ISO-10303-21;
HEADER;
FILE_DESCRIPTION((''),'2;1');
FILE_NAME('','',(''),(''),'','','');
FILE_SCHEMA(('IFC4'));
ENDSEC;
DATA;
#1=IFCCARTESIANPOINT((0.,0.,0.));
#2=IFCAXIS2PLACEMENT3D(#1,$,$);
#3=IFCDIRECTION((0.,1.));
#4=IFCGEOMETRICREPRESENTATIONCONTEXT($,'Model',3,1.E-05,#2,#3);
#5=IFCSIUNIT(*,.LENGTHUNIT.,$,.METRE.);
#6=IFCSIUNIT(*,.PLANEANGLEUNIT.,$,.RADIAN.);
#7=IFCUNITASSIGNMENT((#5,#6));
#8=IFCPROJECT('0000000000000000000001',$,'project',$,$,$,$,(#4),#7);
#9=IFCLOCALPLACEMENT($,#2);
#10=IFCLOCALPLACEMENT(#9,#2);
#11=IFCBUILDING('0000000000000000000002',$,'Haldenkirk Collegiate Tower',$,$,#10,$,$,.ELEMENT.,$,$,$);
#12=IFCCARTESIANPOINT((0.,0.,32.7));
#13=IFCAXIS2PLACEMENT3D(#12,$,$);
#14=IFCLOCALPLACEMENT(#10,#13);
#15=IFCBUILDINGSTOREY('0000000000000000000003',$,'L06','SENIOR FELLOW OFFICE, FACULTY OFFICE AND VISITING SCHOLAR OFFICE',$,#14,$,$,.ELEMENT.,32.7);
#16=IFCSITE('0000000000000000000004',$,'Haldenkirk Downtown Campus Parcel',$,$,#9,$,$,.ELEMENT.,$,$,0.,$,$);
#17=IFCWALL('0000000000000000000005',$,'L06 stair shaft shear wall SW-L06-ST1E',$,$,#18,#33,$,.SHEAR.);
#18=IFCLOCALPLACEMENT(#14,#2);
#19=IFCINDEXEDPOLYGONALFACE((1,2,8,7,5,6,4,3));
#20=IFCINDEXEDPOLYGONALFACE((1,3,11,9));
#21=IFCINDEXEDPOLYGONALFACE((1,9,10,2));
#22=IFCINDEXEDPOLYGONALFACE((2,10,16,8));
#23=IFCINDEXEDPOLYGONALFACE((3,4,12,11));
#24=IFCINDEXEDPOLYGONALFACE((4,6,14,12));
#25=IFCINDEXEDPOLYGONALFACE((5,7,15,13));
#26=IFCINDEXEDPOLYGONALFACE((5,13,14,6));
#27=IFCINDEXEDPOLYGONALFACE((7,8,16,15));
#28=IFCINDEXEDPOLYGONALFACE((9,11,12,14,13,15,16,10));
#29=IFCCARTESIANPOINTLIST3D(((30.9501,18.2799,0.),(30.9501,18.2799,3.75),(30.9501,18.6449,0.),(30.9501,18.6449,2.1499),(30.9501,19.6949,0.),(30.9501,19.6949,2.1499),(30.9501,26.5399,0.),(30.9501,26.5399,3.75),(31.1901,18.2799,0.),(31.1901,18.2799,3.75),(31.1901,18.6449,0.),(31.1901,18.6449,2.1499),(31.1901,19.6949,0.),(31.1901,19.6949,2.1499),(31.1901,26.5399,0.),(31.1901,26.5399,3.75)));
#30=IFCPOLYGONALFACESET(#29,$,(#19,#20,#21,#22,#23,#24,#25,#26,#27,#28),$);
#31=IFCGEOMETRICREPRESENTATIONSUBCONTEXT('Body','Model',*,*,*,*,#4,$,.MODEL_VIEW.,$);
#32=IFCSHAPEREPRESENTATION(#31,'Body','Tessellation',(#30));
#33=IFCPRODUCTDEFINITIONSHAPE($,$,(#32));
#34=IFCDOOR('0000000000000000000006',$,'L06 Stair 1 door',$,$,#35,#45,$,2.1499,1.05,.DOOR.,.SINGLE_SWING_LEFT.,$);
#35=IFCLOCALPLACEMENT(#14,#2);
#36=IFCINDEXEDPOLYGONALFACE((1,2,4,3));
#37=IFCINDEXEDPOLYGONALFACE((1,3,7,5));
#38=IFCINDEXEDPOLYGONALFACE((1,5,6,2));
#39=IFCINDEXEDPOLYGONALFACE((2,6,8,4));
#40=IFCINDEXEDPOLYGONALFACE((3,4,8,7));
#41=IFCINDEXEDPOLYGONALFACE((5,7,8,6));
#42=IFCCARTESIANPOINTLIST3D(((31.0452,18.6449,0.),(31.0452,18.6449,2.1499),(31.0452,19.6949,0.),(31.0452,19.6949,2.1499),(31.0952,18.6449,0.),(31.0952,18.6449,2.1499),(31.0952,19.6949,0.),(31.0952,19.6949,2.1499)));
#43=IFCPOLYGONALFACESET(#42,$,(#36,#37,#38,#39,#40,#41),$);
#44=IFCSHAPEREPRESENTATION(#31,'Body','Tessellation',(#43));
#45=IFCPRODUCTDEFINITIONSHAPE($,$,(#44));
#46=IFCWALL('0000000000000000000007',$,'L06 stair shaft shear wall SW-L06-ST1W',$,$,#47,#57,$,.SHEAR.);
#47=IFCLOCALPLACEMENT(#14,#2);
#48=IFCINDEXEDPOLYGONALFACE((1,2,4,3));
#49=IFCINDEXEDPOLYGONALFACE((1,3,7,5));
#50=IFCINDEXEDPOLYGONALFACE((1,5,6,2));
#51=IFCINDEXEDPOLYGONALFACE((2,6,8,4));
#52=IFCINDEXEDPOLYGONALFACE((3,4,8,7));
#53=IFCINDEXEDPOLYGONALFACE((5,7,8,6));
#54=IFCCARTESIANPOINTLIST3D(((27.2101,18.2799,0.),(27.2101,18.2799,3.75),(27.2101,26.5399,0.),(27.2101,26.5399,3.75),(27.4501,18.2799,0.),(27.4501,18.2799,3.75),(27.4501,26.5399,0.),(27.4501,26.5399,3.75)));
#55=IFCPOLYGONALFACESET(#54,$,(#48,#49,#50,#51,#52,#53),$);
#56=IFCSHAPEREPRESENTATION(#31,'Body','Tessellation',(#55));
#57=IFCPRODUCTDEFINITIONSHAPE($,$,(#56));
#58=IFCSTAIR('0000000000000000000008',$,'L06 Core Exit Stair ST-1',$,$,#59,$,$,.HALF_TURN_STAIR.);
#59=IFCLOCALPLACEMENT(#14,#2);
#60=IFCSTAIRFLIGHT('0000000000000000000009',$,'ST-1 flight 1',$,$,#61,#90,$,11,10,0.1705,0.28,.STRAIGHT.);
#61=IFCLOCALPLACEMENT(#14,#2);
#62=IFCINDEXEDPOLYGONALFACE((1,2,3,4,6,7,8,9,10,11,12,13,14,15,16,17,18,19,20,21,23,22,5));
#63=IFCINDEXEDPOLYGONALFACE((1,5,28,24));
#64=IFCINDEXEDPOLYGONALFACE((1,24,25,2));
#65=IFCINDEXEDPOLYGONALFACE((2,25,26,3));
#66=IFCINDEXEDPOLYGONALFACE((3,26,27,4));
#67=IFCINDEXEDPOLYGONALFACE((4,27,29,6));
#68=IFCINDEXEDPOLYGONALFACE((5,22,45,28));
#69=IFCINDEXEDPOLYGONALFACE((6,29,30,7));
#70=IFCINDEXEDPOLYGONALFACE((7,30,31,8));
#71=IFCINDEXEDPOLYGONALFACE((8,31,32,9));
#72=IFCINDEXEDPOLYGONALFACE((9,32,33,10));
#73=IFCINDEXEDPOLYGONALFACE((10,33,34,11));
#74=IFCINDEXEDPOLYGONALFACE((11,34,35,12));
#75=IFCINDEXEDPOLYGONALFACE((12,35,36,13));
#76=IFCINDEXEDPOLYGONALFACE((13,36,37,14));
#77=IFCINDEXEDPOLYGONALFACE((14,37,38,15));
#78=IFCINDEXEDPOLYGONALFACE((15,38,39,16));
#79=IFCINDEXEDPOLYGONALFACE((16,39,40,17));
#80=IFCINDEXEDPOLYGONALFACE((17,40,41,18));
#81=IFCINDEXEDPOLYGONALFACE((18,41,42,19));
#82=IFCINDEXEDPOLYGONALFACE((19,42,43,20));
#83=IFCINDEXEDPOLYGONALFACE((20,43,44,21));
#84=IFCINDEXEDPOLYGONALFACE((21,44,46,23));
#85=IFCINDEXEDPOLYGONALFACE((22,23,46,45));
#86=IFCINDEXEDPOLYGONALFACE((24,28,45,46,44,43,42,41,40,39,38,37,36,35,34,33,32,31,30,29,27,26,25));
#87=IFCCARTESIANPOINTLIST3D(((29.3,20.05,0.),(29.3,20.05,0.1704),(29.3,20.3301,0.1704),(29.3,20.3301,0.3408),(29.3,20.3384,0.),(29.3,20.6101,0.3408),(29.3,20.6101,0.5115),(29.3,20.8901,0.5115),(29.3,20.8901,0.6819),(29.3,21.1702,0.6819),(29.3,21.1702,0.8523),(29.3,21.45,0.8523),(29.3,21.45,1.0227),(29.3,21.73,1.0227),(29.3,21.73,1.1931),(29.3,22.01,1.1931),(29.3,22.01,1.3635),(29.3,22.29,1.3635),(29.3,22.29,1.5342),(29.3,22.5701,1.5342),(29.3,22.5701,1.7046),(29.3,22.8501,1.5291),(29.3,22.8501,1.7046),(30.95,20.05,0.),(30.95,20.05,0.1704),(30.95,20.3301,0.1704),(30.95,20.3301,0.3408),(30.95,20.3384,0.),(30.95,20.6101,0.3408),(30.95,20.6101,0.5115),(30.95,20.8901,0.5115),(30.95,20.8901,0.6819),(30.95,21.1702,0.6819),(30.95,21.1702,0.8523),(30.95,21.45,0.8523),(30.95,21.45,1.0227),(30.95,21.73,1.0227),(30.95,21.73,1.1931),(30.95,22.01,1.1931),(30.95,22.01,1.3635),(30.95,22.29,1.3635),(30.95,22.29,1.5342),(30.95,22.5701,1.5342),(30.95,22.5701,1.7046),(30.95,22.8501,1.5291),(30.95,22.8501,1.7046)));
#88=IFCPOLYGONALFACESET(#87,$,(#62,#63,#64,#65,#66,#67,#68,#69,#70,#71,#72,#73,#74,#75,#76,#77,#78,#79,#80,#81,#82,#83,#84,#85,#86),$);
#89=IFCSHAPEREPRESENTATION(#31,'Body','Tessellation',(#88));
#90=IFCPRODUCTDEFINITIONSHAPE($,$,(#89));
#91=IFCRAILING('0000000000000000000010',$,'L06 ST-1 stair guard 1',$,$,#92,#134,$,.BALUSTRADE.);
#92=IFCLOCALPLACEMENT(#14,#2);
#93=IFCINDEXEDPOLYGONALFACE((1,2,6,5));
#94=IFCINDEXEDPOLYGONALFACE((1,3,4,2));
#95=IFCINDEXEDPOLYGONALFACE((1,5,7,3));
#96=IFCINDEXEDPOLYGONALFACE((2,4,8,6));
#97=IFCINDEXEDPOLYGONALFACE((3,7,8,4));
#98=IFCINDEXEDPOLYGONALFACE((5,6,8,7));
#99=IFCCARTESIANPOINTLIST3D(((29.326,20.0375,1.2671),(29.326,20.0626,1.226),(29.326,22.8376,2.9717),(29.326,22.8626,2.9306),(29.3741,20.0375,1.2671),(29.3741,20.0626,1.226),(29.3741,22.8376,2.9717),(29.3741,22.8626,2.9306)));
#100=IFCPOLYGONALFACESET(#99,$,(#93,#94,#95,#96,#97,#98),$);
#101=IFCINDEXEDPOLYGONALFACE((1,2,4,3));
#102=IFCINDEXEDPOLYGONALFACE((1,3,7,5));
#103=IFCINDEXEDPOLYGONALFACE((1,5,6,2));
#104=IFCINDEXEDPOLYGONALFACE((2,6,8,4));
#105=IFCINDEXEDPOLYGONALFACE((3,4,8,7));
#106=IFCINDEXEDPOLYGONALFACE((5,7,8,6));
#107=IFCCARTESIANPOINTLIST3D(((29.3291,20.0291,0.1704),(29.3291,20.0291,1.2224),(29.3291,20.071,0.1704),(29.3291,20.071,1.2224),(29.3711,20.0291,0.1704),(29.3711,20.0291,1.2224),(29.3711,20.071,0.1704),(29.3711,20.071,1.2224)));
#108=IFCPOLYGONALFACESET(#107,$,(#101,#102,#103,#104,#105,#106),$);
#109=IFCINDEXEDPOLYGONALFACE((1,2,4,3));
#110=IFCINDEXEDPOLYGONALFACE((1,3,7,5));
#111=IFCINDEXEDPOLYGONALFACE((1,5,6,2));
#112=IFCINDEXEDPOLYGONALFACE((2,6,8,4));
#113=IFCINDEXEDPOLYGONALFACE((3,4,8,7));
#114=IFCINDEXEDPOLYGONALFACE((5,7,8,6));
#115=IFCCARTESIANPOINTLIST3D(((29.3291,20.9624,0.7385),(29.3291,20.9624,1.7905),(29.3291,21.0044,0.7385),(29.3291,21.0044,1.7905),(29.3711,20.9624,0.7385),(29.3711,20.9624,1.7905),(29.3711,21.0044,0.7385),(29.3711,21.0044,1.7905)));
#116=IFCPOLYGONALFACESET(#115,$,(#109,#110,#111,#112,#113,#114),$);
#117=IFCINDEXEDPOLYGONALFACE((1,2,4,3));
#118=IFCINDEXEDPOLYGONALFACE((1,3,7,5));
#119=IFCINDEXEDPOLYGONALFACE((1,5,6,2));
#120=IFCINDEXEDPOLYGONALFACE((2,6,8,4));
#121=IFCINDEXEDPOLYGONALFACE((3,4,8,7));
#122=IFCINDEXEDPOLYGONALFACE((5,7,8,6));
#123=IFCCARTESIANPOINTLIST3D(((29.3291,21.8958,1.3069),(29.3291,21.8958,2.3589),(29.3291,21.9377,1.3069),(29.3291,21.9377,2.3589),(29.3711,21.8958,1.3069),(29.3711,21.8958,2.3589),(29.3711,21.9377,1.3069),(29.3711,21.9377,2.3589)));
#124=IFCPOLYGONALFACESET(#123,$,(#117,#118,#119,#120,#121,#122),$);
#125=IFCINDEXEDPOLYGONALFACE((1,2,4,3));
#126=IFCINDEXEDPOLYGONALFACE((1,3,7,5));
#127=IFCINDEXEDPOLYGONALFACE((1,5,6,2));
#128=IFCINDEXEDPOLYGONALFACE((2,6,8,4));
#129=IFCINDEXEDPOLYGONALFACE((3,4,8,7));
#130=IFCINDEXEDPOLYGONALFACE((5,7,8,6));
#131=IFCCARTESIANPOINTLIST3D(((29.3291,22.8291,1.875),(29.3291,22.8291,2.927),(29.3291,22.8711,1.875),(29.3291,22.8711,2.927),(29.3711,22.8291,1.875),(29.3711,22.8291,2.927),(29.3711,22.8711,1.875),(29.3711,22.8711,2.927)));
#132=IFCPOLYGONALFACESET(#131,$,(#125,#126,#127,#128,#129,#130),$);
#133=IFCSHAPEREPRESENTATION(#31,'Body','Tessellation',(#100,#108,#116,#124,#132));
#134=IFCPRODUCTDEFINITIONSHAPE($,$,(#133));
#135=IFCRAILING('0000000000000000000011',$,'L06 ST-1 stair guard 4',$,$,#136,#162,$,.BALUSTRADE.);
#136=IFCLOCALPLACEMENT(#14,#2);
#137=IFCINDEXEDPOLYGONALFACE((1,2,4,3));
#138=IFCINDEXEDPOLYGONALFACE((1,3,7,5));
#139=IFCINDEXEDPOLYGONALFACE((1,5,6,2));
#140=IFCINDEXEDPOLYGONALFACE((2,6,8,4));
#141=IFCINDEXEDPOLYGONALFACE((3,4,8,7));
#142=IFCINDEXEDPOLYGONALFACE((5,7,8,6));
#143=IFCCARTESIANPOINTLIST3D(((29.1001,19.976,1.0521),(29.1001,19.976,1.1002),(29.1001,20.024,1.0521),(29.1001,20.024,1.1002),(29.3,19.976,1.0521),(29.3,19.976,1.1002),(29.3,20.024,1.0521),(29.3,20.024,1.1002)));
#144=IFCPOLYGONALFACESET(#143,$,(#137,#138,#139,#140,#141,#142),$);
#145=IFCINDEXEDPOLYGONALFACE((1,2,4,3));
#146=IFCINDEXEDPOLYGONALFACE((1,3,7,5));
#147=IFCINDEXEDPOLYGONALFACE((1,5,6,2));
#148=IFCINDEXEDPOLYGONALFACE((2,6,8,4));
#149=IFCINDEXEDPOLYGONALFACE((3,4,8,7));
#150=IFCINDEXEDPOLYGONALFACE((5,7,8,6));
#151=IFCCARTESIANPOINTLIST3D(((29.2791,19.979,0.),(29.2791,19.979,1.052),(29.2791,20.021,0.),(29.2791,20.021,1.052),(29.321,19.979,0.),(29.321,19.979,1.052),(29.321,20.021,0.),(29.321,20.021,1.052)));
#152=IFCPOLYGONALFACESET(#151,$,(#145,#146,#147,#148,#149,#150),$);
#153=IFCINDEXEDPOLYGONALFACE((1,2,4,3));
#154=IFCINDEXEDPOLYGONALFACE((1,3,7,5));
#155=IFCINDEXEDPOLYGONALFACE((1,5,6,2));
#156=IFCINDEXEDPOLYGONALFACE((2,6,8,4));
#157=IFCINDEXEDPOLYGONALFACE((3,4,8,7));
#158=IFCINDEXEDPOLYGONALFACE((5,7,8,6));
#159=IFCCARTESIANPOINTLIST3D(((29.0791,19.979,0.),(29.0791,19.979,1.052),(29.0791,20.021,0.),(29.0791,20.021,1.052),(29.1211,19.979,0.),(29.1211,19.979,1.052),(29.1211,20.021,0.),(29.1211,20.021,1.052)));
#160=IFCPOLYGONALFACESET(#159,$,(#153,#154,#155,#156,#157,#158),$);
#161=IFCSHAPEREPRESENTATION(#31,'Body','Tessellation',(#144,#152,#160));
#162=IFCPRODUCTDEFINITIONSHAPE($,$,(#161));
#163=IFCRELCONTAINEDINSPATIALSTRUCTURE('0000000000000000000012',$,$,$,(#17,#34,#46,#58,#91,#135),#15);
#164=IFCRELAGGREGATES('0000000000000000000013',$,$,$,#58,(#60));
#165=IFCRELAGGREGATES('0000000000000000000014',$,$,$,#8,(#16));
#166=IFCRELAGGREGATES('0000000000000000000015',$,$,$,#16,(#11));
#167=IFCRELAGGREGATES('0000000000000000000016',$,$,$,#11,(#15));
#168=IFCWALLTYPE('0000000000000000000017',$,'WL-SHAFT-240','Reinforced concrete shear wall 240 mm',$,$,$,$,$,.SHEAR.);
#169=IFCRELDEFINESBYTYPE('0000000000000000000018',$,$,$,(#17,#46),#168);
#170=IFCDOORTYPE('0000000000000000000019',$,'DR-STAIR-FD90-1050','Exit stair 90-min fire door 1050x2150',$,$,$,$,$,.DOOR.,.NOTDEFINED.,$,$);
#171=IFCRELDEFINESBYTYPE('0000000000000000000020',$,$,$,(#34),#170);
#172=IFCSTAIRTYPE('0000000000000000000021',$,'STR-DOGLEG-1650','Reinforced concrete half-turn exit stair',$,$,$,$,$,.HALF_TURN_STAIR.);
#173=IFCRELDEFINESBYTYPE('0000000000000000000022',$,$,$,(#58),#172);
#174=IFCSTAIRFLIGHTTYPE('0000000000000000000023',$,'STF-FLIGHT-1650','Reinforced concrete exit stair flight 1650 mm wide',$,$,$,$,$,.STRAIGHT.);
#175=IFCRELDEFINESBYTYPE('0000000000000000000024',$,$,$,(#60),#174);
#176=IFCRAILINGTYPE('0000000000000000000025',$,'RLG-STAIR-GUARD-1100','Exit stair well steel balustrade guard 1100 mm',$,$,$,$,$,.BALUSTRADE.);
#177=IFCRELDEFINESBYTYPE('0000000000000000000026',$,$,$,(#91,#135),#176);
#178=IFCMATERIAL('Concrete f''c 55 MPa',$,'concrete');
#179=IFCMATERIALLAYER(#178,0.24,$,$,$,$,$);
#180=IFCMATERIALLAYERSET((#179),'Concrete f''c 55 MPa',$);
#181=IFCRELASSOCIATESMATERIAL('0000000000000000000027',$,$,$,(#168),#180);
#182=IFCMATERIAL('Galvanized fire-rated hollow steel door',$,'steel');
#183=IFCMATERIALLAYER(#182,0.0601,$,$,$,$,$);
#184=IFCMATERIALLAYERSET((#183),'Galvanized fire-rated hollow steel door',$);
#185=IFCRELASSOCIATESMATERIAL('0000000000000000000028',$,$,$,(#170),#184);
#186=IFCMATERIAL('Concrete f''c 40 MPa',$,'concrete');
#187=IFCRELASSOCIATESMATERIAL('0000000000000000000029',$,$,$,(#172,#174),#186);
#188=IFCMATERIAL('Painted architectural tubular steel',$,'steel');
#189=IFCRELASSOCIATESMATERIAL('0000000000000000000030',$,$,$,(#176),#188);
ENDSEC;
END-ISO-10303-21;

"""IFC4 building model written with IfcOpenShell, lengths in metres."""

from ifc_helpers import new_model, si_unit, direction, frame, frame_2d, origin, origin_2d, place, context, subcontext, project, spatial, polyline, rectangle, outline, extrude, material, layer, layer_set, type_object, element, fill, aggregate, save


model = new_model("IFC4")

# Units and contexts
model_context = context("Model", 3, precision=1e-05, world=origin(), true_north=direction((0.0, 1.0)))
body_context = subcontext(model_context, "Body", "Model", "MODEL_VIEW")
ifc_project = project(units=[si_unit("LENGTHUNIT", "METRE"), si_unit("PLANEANGLEUNIT", "RADIAN")], contexts=[model_context])

# Site, building, storey
site_placement = place(None, origin())
site = spatial("IfcSite", under=ifc_project, at=site_placement, Name="Haldenkirk Downtown Campus Parcel", CompositionType="ELEMENT", RefElevation=0.0)
building_placement = place(site_placement, origin())
building = spatial("IfcBuilding", under=site, at=building_placement, Name="Haldenkirk Collegiate Tower", CompositionType="ELEMENT")
storey_placement = place(building_placement, frame((0.0, 0.0, 32.7)))
storey = spatial("IfcBuildingStorey", under=building, at=storey_placement, Name="L06", Description="SENIOR FELLOW OFFICE, FACULTY OFFICE AND VISITING SCHOLAR OFFICE", CompositionType="ELEMENT", Elevation=32.7)

# Shared definitions
ifc_material_1 = material(Name="Galvanized fire-rated hollow steel door", Category="steel")

# Wall, opening, door
ifc_material_2 = material(Name="Concrete f'c 55 MPa", Category="concrete")
ifc_layer_1 = layer(ifc_material_2, 0.24)
ifc_layer_set_1 = layer_set([ifc_layer_1], Name="Concrete f'c 55 MPa")
wall_type_1 = type_object("IfcWallType", Name="WL-SHAFT-240", Description="Reinforced concrete shear wall 240 mm", PredefinedType="SHEAR", material=ifc_layer_set_1)
wall_1_placement = place(storey_placement, frame((31.0701, 18.28, 0.0), z_axis=(0.0, 0.0, 1.0), x_axis=(0.0, 1.0, 0.0)))
wall_1 = element("IfcWall", 1, at=wall_1_placement, inside=storey, type_object=wall_type_1, Name="L06 stair shaft shear wall SW-L06-ST1E", PredefinedType="SHEAR", context=body_context, shape_type="SweptSolid", body=[
    extrude(rectangle(XDim=8.26, YDim=0.24, at=frame_2d((4.1299, 0.0))), origin(), (0.0, 0.0, 1.0), 3.75),
])
opening_1_placement = place(wall_1_placement, frame((0.365, 0.0, 0.0)))
opening_1 = element("IfcOpeningElement", 2, at=opening_1_placement, cuts=wall_1, PredefinedType="OPENING", context=body_context, shape_type="SweptSolid", body=[
    extrude(rectangle(XDim=1.05, YDim=2.1499, at=frame_2d((0.5249, 1.075))), frame((0.0, 0.1299, 0.0), z_axis=(0.0, -1.0, 0.0), x_axis=(1.0, 0.0, 0.0)), (0.0, 0.0, 1.0), 0.26),
])
ifc_layer_2 = layer(ifc_material_1, 0.0601)
ifc_layer_set_2 = layer_set([ifc_layer_2], Name="Galvanized fire-rated hollow steel door")
door_type_1 = type_object("IfcDoorType", Name="DR-STAIR-FD90-1050", Description="Exit stair 90-min fire door 1050x2150", OperationType="NOTDEFINED", PredefinedType="DOOR", material=ifc_layer_set_2)
door_1_placement = place(opening_1_placement, origin())
door_1 = element("IfcDoor", 3, at=door_1_placement, inside=storey, type_object=door_type_1, Name="L06 Stair 1 door", OperationType="SINGLE_SWING_LEFT", OverallHeight=2.1499, OverallWidth=1.05, PredefinedType="DOOR", context=body_context, shape_type="SweptSolid", body=[
    extrude(rectangle(XDim=1.05, YDim=2.1499, at=frame_2d((0.5249, 1.075))), frame((0.0, 0.0249, 0.0), z_axis=(0.0, -1.0, 0.0), x_axis=(1.0, 0.0, 0.0)), (0.0, 0.0, 1.0), 0.05),
])
fill(opening_1, door_1)

# Wall
wall_2_placement = place(storey_placement, frame((27.3301, 18.28, 0.0), z_axis=(0.0, 0.0, 1.0), x_axis=(0.0, 1.0, 0.0)))
element("IfcWall", 4, at=wall_2_placement, inside=storey, type_object=wall_type_1, Name="L06 stair shaft shear wall SW-L06-ST1W", PredefinedType="SHEAR", context=body_context, shape_type="SweptSolid", body=[
    extrude(rectangle(XDim=8.26, YDim=0.24, at=frame_2d((4.1299, 0.0))), origin(), (0.0, 0.0, 1.0), 3.75),
])

# Stair, stair flight
ifc_material_3 = material(Name="Concrete f'c 40 MPa", Category="concrete")
stair_type = type_object("IfcStairType", Name="STR-DOGLEG-1650", Description="Reinforced concrete half-turn exit stair", PredefinedType="HALF_TURN_STAIR", material=ifc_material_3)
stair_placement = place(storey_placement, origin())
stair = element("IfcStair", 5, at=stair_placement, inside=storey, type_object=stair_type, Name="L06 Core Exit Stair ST-1", PredefinedType="HALF_TURN_STAIR")
stair_flight_type = type_object("IfcStairFlightType", Name="STF-FLIGHT-1650", Description="Reinforced concrete exit stair flight 1650 mm wide", PredefinedType="STRAIGHT", material=ifc_material_3)
stair_flight_placement = place(storey_placement, frame((30.125, 20.05, 0.0), z_axis=(0.0, 0.0, 1.0), x_axis=(0.0, 1.0, 0.0)))
stair_flight = element("IfcStairFlight", 6, at=stair_flight_placement, type_object=stair_flight_type, Name="ST-1 flight 1", NumberOfRisers=11, NumberOfTreads=10, PredefinedType="STRAIGHT", RiserHeight=0.1705, TreadLength=0.28, context=body_context, shape_type="SweptSolid", body=[
    extrude(outline(polyline([(0.0, 0.0), (0.0, 0.1704), (0.28, 0.1704), (0.28, 0.3408), (0.5601, 0.3408), (0.5601, 0.5115), (0.8401, 0.5115), (0.8401, 0.6819), (1.1201, 0.6819), (1.1201, 0.8523), (1.3999, 0.8523), (1.3999, 1.0227), (1.6799, 1.0227), (1.6799, 1.1931), (1.96, 1.1931), (1.96, 1.3635), (2.24, 1.3635), (2.24, 1.5342), (2.52, 1.5342), (2.52, 1.7046), (2.8, 1.7046), (2.8, 1.875), (2.8, 1.5291), (0.2883, 0.0), (0.0, 0.0)])), frame((0.0, 0.825, 0.0), z_axis=(0.0, -1.0, 0.0), x_axis=(1.0, 0.0, 0.0)), (0.0, 0.0, 1.0), 1.6499),
])
aggregate(stair, [stair_flight])

# Railings
ifc_material_4 = material(Name="Painted architectural tubular steel", Category="steel")
railing_type = type_object("IfcRailingType", Name="RLG-STAIR-GUARD-1100", Description="Exit stair well steel balustrade guard 1100 mm", PredefinedType="BALUSTRADE", material=ifc_material_4)
railing_1_placement = place(storey_placement, frame((29.3501, 20.05, 0.1704)))
element("IfcRailing", 7, at=railing_1_placement, inside=storey, type_object=railing_type, Name="L06 ST-1 stair guard 1", PredefinedType="BALUSTRADE", context=body_context, shape_type="SweptSolid", body=[
    extrude(rectangle(XDim=0.0481, YDim=0.0481, at=origin_2d()), frame((0.0, 0.0, 1.0762), z_axis=(0.0, 0.85417, 0.519994), x_axis=(-1.0, 0.0, 0.0)), (0.0, 0.0, 1.0), 3.2781),
    extrude(rectangle(XDim=0.042, YDim=0.042, at=origin_2d()), origin(), (0.0, 0.0, 1.0), 1.052),
    extrude(rectangle(XDim=0.042, YDim=0.042, at=origin_2d()), frame((0.0, 0.9333, 0.5681)), (0.0, 0.0, 1.0), 1.052),
    extrude(rectangle(XDim=0.042, YDim=0.042, at=origin_2d()), frame((0.0, 1.8667, 1.1365)), (0.0, 0.0, 1.0), 1.052),
    extrude(rectangle(XDim=0.042, YDim=0.042, at=origin_2d()), frame((0.0, 2.8, 1.7046)), (0.0, 0.0, 1.0), 1.052),
])
railing_2_placement = place(storey_placement, frame((29.3, 20.0, 0.0)))
element("IfcRailing", 8, at=railing_2_placement, inside=storey, type_object=railing_type, Name="L06 ST-1 stair guard 4", PredefinedType="BALUSTRADE", context=body_context, shape_type="SweptSolid", body=[
    extrude(rectangle(XDim=0.0481, YDim=0.0481, at=origin_2d()), frame((0.0, 0.0, 1.0762), z_axis=(-1.0, 0.0, 0.0), x_axis=(0.0, -1.0, 0.0)), (0.0, 0.0, 1.0), 0.2),
    extrude(rectangle(XDim=0.042, YDim=0.042, at=origin_2d()), origin(), (0.0, 0.0, 1.0), 1.052),
    extrude(rectangle(XDim=0.042, YDim=0.042, at=origin_2d()), frame((-0.2, 0.0, 0.0)), (0.0, 0.0, 1.0), 1.052),
])

save(model, "model.ifc")
